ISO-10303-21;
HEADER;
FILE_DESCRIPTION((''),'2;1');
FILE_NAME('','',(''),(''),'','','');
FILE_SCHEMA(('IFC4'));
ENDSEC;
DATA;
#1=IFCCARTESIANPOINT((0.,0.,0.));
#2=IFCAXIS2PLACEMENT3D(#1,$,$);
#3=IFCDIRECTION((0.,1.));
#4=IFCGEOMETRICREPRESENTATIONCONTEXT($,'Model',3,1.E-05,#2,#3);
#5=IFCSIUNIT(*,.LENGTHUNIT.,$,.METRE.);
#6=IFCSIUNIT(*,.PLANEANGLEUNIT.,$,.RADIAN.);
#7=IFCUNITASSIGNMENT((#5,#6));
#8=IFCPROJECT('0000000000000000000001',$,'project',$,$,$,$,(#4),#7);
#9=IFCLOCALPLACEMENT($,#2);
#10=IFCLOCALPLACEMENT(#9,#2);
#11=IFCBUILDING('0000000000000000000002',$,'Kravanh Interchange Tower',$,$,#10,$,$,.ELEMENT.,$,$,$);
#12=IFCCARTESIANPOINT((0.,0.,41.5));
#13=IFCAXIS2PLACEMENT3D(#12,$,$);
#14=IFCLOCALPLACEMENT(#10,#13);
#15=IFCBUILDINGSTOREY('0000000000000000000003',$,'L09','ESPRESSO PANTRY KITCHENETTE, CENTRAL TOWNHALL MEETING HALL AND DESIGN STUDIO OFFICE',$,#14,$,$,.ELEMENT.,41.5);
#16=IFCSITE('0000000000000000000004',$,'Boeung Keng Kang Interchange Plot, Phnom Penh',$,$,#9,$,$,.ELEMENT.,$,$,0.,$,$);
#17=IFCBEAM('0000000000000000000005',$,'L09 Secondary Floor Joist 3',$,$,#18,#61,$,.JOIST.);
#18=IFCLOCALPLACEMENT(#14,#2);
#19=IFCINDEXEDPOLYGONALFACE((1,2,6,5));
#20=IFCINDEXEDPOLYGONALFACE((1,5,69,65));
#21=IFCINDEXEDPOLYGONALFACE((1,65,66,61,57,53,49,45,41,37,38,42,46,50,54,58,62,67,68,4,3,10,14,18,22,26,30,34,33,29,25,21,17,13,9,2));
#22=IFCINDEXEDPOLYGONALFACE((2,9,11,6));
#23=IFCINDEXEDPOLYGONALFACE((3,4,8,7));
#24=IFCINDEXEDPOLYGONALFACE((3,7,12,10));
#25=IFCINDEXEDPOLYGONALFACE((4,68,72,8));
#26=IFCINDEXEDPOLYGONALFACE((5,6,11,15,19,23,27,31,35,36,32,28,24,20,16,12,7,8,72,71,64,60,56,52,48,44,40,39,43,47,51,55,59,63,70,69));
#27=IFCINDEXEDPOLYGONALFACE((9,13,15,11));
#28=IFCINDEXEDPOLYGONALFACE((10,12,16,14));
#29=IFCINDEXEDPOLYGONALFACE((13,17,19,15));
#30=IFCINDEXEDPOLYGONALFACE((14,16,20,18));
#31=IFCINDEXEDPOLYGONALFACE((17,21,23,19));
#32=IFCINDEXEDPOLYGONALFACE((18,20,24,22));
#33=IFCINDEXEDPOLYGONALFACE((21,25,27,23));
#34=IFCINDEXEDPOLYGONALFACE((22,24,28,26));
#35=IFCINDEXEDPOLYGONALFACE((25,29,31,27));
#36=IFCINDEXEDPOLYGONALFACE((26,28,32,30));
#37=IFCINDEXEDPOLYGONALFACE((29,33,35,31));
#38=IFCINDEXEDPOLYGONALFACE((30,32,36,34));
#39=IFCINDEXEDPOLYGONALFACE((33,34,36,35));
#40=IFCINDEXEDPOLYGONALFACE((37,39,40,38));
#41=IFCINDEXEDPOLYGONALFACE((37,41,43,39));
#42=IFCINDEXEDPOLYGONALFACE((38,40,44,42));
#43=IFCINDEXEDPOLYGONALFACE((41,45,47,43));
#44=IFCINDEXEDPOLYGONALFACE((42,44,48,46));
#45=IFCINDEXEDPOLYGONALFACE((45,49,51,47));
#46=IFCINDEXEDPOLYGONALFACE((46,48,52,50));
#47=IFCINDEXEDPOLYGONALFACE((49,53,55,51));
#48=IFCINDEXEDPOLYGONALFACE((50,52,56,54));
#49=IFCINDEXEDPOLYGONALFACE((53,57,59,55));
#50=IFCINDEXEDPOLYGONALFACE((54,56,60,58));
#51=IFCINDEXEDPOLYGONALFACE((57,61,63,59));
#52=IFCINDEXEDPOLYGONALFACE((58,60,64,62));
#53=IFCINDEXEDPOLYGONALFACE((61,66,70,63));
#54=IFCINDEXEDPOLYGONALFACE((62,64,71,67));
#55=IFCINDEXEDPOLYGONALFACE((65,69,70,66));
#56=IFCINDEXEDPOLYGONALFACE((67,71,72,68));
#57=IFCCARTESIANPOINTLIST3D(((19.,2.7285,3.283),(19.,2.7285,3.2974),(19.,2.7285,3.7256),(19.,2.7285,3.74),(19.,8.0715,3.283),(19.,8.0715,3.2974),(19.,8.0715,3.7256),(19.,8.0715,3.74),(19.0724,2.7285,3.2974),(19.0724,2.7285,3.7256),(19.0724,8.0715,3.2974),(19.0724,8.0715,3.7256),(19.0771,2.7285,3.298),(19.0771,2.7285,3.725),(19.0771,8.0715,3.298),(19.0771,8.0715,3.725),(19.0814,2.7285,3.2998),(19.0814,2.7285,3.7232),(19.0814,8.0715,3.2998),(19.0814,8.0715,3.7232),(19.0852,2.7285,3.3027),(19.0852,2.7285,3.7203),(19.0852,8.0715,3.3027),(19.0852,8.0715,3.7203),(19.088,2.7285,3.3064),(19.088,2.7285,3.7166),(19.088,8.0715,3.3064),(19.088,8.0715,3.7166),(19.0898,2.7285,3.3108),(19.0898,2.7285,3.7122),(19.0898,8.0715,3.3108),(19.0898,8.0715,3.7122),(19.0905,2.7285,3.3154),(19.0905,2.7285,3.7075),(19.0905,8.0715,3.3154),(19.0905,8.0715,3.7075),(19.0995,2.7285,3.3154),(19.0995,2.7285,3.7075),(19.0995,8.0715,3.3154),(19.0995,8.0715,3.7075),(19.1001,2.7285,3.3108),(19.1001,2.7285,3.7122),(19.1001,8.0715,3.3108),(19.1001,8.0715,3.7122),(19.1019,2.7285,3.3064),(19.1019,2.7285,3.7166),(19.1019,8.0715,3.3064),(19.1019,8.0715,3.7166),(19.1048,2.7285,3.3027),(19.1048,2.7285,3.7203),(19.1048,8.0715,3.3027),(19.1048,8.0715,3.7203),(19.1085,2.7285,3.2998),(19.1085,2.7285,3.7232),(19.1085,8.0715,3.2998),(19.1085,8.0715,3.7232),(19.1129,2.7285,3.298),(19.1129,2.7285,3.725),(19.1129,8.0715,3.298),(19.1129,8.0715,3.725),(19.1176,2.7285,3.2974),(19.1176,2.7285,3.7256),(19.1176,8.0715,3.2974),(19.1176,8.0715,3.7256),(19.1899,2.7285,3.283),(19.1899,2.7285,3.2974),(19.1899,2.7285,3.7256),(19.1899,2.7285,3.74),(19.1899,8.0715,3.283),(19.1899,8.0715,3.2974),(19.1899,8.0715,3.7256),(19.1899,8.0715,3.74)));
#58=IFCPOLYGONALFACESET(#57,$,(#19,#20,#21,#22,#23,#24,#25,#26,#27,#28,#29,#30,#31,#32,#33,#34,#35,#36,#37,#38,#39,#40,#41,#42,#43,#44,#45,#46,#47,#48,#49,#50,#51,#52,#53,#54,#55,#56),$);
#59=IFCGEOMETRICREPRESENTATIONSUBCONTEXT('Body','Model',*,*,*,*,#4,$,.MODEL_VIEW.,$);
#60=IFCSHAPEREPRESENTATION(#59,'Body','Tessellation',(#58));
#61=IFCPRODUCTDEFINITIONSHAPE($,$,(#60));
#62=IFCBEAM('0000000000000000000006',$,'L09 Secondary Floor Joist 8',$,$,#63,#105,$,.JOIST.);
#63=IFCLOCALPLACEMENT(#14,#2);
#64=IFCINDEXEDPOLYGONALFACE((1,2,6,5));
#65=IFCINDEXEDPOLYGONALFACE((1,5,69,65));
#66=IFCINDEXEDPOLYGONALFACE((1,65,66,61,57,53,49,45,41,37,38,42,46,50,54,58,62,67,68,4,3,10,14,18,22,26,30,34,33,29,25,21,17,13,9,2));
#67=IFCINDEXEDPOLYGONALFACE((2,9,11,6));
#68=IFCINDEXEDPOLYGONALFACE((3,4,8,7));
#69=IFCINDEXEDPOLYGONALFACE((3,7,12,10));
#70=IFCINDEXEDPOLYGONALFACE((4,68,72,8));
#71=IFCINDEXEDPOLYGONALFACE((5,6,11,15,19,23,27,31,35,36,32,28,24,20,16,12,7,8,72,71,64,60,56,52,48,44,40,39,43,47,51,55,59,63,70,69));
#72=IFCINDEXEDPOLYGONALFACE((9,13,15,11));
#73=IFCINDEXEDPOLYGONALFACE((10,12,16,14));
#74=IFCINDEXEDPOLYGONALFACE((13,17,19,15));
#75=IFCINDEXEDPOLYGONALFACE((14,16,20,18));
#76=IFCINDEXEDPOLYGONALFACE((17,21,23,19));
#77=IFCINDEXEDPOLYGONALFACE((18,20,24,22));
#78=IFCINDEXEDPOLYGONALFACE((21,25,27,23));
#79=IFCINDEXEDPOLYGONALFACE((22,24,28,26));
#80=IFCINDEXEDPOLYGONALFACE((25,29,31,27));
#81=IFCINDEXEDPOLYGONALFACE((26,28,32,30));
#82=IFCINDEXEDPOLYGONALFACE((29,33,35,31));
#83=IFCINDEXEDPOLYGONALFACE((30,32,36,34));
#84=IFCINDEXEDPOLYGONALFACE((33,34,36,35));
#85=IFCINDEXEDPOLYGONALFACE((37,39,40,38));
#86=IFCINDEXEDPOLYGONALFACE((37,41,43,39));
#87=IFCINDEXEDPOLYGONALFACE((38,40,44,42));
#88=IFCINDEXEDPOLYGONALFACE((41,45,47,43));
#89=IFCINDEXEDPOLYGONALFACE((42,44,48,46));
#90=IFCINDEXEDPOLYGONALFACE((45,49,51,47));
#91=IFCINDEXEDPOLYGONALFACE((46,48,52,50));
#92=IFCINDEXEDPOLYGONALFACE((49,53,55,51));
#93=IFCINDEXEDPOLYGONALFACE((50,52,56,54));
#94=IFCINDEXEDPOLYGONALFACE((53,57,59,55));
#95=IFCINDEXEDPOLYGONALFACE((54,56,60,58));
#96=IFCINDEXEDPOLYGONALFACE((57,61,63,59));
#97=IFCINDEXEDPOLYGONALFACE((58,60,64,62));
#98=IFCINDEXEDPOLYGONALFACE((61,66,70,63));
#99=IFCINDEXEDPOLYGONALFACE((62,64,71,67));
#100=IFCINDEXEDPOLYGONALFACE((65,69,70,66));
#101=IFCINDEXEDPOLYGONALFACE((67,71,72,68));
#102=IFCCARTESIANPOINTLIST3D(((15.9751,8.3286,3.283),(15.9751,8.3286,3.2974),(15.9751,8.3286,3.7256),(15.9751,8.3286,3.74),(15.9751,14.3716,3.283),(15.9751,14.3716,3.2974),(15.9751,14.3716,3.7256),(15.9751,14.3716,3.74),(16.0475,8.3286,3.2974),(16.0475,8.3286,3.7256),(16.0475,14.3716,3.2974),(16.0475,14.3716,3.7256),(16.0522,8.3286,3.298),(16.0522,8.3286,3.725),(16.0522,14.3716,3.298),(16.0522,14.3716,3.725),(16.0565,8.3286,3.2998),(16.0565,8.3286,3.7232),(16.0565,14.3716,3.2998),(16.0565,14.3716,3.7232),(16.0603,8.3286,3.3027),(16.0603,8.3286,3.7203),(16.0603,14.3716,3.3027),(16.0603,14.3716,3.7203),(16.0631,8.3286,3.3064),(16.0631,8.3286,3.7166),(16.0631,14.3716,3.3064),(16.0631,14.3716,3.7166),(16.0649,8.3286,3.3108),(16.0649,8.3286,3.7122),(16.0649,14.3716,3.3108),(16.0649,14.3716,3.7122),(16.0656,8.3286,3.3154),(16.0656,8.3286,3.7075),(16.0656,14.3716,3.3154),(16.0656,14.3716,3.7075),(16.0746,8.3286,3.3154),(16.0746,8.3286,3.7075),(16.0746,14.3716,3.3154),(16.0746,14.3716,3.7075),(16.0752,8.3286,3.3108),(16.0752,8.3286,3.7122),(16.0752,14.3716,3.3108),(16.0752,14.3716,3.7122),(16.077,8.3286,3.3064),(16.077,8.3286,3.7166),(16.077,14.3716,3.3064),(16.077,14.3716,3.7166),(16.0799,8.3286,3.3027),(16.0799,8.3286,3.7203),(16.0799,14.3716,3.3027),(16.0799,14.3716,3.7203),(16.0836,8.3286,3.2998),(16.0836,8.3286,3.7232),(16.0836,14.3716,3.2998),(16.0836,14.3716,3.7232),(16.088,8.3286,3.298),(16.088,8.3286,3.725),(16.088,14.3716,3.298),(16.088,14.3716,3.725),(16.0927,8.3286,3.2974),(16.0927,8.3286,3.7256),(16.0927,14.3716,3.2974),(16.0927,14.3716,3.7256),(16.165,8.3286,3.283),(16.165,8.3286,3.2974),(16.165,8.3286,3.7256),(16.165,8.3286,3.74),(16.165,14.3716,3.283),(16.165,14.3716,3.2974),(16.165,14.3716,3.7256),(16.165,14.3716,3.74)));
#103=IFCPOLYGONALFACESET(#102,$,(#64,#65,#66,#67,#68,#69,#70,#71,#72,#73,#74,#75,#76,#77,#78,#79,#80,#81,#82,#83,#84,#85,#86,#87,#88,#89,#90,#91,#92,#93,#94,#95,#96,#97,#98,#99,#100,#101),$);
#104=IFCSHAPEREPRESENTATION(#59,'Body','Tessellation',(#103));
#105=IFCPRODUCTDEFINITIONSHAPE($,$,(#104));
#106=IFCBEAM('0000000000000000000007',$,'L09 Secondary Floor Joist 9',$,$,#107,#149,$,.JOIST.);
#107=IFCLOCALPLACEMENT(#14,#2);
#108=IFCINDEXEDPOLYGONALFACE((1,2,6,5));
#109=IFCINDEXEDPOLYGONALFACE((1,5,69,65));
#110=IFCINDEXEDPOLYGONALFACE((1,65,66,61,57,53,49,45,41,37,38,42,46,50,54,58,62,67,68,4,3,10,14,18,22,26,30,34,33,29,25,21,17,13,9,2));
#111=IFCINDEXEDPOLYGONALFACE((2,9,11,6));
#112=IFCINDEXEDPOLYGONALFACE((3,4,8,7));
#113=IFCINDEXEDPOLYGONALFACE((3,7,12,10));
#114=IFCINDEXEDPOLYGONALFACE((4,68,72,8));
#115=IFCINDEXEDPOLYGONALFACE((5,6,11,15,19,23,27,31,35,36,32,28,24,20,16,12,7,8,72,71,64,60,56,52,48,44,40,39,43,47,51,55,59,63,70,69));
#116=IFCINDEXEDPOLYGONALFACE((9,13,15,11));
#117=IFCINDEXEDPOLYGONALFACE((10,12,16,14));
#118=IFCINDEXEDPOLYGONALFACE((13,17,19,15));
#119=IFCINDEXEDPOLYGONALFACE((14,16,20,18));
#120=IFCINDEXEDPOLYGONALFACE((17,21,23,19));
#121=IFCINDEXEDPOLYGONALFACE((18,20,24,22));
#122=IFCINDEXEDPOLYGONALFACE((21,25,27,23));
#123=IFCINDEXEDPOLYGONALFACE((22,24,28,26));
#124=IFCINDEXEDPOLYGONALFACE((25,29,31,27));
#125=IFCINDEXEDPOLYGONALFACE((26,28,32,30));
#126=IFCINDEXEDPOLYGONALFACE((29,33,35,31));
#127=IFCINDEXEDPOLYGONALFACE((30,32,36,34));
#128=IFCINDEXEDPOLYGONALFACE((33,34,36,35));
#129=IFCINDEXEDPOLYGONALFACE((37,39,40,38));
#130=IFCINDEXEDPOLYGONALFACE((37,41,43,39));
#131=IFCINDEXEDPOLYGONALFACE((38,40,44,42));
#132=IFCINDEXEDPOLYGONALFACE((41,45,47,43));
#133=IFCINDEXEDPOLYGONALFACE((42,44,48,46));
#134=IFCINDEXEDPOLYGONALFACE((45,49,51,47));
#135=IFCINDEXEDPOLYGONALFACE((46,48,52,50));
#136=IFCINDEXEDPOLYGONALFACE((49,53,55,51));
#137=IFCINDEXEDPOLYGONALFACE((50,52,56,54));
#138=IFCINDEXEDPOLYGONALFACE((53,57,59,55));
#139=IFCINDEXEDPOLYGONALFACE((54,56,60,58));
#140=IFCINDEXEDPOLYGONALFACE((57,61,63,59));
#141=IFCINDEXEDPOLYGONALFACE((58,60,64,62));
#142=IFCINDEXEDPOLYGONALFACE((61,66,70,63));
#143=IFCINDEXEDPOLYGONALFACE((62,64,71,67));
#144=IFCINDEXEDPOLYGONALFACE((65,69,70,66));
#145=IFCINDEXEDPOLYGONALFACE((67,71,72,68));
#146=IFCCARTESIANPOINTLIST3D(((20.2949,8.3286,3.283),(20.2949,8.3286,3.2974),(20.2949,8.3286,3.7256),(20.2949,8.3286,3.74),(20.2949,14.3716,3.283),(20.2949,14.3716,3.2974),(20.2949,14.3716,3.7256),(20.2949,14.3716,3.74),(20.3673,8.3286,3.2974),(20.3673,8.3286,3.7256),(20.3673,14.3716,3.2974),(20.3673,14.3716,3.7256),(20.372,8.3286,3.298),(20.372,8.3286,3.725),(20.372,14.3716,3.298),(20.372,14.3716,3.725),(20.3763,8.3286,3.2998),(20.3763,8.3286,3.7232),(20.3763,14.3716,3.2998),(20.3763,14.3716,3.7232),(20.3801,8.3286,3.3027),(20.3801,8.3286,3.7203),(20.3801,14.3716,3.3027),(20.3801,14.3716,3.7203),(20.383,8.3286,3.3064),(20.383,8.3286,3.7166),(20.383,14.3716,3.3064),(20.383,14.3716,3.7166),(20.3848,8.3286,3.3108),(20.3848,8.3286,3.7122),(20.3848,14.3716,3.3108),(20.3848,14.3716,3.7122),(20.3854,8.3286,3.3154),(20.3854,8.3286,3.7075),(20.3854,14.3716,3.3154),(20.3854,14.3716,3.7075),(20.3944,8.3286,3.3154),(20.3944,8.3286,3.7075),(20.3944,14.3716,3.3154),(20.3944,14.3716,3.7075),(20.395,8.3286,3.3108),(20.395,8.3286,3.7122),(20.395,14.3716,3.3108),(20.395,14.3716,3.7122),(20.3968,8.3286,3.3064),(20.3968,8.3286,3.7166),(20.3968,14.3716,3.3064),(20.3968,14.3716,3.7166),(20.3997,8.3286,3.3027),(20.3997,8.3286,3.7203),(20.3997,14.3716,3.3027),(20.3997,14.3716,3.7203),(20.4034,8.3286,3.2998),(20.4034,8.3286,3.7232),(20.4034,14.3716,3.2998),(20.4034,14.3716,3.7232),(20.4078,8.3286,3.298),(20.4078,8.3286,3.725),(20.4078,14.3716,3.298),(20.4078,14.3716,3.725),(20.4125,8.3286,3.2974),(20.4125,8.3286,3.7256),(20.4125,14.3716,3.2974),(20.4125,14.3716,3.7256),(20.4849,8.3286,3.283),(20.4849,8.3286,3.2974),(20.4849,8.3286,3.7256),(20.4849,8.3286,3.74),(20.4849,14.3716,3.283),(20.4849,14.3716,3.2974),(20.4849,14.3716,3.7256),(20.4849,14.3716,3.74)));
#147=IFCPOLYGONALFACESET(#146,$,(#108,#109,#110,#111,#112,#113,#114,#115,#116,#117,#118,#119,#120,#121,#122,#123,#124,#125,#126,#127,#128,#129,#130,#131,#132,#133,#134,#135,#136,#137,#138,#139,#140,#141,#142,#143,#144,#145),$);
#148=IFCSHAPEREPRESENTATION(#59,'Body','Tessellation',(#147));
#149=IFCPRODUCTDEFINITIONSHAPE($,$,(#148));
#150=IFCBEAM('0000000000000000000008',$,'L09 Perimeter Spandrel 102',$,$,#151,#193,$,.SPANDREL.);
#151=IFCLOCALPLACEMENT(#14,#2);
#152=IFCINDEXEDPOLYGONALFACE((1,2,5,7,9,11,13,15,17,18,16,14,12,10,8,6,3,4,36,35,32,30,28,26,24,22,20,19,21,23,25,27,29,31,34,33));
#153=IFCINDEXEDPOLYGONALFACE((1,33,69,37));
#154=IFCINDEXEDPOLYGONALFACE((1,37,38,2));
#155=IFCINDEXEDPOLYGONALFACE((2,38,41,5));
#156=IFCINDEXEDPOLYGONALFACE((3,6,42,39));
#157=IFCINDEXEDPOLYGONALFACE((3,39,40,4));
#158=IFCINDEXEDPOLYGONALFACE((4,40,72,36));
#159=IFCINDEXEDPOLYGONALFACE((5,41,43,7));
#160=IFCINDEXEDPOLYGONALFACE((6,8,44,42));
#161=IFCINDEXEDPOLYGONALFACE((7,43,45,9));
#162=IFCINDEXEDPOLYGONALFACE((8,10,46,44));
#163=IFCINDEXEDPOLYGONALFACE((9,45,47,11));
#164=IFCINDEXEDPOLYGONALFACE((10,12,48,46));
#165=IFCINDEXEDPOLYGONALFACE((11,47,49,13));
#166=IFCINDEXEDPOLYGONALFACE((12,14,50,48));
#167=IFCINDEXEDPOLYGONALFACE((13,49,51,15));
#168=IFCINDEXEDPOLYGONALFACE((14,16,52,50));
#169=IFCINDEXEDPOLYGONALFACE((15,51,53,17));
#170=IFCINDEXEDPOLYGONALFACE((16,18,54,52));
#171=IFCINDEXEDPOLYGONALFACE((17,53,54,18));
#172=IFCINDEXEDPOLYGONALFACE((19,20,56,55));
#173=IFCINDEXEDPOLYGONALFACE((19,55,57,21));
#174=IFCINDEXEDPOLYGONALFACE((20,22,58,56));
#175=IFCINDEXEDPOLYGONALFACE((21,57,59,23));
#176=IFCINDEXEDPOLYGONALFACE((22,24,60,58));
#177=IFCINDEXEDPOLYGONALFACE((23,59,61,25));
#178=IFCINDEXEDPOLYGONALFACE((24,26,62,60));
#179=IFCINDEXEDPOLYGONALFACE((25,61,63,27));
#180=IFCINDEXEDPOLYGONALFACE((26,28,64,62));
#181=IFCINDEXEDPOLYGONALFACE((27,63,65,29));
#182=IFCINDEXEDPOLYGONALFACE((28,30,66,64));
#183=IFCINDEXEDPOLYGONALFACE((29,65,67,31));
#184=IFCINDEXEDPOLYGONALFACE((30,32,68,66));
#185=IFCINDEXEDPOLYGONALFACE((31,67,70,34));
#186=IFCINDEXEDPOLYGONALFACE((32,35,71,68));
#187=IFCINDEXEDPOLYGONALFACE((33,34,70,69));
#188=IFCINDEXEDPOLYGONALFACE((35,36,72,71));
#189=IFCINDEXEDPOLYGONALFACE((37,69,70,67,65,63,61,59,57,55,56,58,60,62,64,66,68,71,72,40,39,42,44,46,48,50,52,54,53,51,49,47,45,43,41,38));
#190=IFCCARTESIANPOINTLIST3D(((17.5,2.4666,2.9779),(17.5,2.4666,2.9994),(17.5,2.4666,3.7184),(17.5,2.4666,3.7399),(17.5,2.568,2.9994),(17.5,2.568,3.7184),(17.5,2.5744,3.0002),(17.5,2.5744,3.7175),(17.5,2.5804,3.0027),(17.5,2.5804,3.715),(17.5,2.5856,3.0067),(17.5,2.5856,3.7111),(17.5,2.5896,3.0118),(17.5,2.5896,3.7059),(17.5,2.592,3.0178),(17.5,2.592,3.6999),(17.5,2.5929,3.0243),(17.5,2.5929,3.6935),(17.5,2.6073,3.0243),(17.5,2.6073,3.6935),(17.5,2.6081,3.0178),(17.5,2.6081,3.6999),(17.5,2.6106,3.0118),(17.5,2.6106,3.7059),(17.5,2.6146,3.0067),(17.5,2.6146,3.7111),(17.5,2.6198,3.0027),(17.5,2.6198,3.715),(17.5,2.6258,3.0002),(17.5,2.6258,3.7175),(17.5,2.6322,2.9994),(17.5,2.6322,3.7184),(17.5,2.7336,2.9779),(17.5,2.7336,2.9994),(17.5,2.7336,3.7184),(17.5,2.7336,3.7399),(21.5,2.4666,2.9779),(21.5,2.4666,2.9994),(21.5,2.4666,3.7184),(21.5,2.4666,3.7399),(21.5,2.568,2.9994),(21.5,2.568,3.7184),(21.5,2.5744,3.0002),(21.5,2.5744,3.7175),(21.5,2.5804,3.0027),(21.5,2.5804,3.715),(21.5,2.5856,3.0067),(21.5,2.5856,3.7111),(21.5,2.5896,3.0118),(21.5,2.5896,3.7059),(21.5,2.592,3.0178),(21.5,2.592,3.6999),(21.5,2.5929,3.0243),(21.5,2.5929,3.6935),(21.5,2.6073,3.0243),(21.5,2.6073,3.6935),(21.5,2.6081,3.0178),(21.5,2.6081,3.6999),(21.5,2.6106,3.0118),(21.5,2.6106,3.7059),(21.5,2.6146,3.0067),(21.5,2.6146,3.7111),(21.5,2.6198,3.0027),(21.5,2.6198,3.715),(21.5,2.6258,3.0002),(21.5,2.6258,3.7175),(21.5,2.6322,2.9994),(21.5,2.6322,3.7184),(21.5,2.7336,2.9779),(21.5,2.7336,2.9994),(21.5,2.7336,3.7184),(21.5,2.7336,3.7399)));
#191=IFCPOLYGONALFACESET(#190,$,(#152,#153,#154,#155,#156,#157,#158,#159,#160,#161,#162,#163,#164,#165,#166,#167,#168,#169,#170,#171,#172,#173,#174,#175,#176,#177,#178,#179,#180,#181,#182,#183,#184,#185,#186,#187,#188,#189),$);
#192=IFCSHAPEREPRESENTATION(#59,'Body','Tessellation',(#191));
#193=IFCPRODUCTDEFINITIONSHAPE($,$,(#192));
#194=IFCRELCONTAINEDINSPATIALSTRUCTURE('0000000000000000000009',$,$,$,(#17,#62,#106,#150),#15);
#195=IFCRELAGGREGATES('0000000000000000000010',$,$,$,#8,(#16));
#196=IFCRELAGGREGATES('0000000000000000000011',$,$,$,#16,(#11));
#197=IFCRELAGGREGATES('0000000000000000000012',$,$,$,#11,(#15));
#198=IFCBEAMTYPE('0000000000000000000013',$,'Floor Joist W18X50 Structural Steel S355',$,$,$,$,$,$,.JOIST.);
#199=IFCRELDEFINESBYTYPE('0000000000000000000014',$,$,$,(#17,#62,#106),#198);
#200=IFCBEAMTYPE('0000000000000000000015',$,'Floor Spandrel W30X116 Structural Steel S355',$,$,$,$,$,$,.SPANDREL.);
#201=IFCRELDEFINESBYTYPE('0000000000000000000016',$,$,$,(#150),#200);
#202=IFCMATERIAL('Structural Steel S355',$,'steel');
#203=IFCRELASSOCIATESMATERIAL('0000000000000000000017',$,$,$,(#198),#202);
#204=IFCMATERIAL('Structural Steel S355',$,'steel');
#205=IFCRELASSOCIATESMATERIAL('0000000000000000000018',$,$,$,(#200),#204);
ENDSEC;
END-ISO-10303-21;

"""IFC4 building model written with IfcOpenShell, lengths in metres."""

from ifc_helpers import new_model, si_unit, direction, frame, origin, origin_2d, place, context, subcontext, project, spatial, i_section, extrude, material, material_profile, profile_set, type_object, element, save


model = new_model("IFC4")

# Units and contexts
model_context = context("Model", 3, precision=1e-05, world=origin(), true_north=direction((0.0, 1.0)))
body_context = subcontext(model_context, "Body", "Model", "MODEL_VIEW")
ifc_project = project(units=[si_unit("LENGTHUNIT", "METRE"), si_unit("PLANEANGLEUNIT", "RADIAN")], contexts=[model_context])

# Site, building, storey
site_placement = place(None, origin())
site = spatial("IfcSite", under=ifc_project, at=site_placement, Name="Boeung Keng Kang Interchange Plot, Phnom Penh", CompositionType="ELEMENT", RefElevation=0.0)
building_placement = place(site_placement, origin())
building = spatial("IfcBuilding", under=site, at=building_placement, Name="Kravanh Interchange Tower", CompositionType="ELEMENT")
storey_placement = place(building_placement, frame((0.0, 0.0, 41.5)))
storey = spatial("IfcBuildingStorey", under=building, at=storey_placement, Name="L09", Description="ESPRESSO PANTRY KITCHENETTE, CENTRAL TOWNHALL MEETING HALL AND DESIGN STUDIO OFFICE", CompositionType="ELEMENT", Elevation=41.5)

# Beams
ifc_material_1 = material(Name="Structural Steel S355", Category="steel")
ifc_material_profile_1 = material_profile(ifc_material_1, i_section(OverallWidth=0.1899, OverallDepth=0.457, WebThickness=0.009, FlangeThickness=0.0144, FilletRadius=0.0181, at=origin_2d()), Name="W18X50")
ifc_profile_set_1 = profile_set([ifc_material_profile_1], Name="Structural Steel S355")
beam_type_1 = type_object("IfcBeamType", Name="Floor Joist W18X50 Structural Steel S355", PredefinedType="JOIST", material=ifc_profile_set_1)
for number, where, z_axis, x_axis, name in (
    (1, (19.095, 2.7285, 3.5115), (0.0, 1.0, 0.0), (-1.0, 0.0, 0.0), "L09 Secondary Floor Joist 3"),
):
    element("IfcBeam", number, at=place(storey_placement, frame(where, z_axis=z_axis, x_axis=x_axis)), inside=storey, type_object=beam_type_1, Name=name, PredefinedType="JOIST", context=body_context, shape_type="SweptSolid", body=[
        extrude(i_section(OverallWidth=0.1899, OverallDepth=0.457, WebThickness=0.009, FlangeThickness=0.0144, FilletRadius=0.0181, at=origin_2d()), origin(), (0.0, 0.0, 1.0), 5.343),
    ])
for number, where, z_axis, x_axis, name in (
    (2, (16.0701, 8.3286, 3.5115), (0.0, 1.0, 0.0), (-1.0, 0.0, 0.0), "L09 Secondary Floor Joist 8"),
    (3, (20.3899, 8.3286, 3.5115), (0.0, 1.0, 0.0), (-1.0, 0.0, 0.0), "L09 Secondary Floor Joist 9"),
):
    element("IfcBeam", number, at=place(storey_placement, frame(where, z_axis=z_axis, x_axis=x_axis)), inside=storey, type_object=beam_type_1, Name=name, PredefinedType="JOIST", context=body_context, shape_type="SweptSolid", body=[
        extrude(i_section(OverallWidth=0.1899, OverallDepth=0.457, WebThickness=0.009, FlangeThickness=0.0144, FilletRadius=0.0181, at=origin_2d()), origin(), (0.0, 0.0, 1.0), 6.043),
    ])
ifc_material_2 = material(Name="Structural Steel S355", Category="steel")
ifc_material_profile_2 = material_profile(ifc_material_2, i_section(OverallWidth=0.2671, OverallDepth=0.762, WebThickness=0.0144, FlangeThickness=0.0215, FilletRadius=0.0249, at=origin_2d()), Name="W30X116")
ifc_profile_set_2 = profile_set([ifc_material_profile_2], Name="Structural Steel S355")
beam_type_2 = type_object("IfcBeamType", Name="Floor Spandrel W30X116 Structural Steel S355", PredefinedType="SPANDREL", material=ifc_profile_set_2)
beam_1_placement = place(storey_placement, frame((17.5, 2.6001, 3.3589), z_axis=(1.0, 0.0, 0.0), x_axis=(0.0, 1.0, 0.0)))
element("IfcBeam", 4, at=beam_1_placement, inside=storey, type_object=beam_type_2, Name="L09 Perimeter Spandrel 102", PredefinedType="SPANDREL", context=body_context, shape_type="SweptSolid", body=[
    extrude(i_section(OverallWidth=0.2671, OverallDepth=0.762, WebThickness=0.0144, FlangeThickness=0.0215, FilletRadius=0.0249, at=origin_2d()), origin(), (0.0, 0.0, 1.0), 4.0),
])

save(model, "model.ifc")
